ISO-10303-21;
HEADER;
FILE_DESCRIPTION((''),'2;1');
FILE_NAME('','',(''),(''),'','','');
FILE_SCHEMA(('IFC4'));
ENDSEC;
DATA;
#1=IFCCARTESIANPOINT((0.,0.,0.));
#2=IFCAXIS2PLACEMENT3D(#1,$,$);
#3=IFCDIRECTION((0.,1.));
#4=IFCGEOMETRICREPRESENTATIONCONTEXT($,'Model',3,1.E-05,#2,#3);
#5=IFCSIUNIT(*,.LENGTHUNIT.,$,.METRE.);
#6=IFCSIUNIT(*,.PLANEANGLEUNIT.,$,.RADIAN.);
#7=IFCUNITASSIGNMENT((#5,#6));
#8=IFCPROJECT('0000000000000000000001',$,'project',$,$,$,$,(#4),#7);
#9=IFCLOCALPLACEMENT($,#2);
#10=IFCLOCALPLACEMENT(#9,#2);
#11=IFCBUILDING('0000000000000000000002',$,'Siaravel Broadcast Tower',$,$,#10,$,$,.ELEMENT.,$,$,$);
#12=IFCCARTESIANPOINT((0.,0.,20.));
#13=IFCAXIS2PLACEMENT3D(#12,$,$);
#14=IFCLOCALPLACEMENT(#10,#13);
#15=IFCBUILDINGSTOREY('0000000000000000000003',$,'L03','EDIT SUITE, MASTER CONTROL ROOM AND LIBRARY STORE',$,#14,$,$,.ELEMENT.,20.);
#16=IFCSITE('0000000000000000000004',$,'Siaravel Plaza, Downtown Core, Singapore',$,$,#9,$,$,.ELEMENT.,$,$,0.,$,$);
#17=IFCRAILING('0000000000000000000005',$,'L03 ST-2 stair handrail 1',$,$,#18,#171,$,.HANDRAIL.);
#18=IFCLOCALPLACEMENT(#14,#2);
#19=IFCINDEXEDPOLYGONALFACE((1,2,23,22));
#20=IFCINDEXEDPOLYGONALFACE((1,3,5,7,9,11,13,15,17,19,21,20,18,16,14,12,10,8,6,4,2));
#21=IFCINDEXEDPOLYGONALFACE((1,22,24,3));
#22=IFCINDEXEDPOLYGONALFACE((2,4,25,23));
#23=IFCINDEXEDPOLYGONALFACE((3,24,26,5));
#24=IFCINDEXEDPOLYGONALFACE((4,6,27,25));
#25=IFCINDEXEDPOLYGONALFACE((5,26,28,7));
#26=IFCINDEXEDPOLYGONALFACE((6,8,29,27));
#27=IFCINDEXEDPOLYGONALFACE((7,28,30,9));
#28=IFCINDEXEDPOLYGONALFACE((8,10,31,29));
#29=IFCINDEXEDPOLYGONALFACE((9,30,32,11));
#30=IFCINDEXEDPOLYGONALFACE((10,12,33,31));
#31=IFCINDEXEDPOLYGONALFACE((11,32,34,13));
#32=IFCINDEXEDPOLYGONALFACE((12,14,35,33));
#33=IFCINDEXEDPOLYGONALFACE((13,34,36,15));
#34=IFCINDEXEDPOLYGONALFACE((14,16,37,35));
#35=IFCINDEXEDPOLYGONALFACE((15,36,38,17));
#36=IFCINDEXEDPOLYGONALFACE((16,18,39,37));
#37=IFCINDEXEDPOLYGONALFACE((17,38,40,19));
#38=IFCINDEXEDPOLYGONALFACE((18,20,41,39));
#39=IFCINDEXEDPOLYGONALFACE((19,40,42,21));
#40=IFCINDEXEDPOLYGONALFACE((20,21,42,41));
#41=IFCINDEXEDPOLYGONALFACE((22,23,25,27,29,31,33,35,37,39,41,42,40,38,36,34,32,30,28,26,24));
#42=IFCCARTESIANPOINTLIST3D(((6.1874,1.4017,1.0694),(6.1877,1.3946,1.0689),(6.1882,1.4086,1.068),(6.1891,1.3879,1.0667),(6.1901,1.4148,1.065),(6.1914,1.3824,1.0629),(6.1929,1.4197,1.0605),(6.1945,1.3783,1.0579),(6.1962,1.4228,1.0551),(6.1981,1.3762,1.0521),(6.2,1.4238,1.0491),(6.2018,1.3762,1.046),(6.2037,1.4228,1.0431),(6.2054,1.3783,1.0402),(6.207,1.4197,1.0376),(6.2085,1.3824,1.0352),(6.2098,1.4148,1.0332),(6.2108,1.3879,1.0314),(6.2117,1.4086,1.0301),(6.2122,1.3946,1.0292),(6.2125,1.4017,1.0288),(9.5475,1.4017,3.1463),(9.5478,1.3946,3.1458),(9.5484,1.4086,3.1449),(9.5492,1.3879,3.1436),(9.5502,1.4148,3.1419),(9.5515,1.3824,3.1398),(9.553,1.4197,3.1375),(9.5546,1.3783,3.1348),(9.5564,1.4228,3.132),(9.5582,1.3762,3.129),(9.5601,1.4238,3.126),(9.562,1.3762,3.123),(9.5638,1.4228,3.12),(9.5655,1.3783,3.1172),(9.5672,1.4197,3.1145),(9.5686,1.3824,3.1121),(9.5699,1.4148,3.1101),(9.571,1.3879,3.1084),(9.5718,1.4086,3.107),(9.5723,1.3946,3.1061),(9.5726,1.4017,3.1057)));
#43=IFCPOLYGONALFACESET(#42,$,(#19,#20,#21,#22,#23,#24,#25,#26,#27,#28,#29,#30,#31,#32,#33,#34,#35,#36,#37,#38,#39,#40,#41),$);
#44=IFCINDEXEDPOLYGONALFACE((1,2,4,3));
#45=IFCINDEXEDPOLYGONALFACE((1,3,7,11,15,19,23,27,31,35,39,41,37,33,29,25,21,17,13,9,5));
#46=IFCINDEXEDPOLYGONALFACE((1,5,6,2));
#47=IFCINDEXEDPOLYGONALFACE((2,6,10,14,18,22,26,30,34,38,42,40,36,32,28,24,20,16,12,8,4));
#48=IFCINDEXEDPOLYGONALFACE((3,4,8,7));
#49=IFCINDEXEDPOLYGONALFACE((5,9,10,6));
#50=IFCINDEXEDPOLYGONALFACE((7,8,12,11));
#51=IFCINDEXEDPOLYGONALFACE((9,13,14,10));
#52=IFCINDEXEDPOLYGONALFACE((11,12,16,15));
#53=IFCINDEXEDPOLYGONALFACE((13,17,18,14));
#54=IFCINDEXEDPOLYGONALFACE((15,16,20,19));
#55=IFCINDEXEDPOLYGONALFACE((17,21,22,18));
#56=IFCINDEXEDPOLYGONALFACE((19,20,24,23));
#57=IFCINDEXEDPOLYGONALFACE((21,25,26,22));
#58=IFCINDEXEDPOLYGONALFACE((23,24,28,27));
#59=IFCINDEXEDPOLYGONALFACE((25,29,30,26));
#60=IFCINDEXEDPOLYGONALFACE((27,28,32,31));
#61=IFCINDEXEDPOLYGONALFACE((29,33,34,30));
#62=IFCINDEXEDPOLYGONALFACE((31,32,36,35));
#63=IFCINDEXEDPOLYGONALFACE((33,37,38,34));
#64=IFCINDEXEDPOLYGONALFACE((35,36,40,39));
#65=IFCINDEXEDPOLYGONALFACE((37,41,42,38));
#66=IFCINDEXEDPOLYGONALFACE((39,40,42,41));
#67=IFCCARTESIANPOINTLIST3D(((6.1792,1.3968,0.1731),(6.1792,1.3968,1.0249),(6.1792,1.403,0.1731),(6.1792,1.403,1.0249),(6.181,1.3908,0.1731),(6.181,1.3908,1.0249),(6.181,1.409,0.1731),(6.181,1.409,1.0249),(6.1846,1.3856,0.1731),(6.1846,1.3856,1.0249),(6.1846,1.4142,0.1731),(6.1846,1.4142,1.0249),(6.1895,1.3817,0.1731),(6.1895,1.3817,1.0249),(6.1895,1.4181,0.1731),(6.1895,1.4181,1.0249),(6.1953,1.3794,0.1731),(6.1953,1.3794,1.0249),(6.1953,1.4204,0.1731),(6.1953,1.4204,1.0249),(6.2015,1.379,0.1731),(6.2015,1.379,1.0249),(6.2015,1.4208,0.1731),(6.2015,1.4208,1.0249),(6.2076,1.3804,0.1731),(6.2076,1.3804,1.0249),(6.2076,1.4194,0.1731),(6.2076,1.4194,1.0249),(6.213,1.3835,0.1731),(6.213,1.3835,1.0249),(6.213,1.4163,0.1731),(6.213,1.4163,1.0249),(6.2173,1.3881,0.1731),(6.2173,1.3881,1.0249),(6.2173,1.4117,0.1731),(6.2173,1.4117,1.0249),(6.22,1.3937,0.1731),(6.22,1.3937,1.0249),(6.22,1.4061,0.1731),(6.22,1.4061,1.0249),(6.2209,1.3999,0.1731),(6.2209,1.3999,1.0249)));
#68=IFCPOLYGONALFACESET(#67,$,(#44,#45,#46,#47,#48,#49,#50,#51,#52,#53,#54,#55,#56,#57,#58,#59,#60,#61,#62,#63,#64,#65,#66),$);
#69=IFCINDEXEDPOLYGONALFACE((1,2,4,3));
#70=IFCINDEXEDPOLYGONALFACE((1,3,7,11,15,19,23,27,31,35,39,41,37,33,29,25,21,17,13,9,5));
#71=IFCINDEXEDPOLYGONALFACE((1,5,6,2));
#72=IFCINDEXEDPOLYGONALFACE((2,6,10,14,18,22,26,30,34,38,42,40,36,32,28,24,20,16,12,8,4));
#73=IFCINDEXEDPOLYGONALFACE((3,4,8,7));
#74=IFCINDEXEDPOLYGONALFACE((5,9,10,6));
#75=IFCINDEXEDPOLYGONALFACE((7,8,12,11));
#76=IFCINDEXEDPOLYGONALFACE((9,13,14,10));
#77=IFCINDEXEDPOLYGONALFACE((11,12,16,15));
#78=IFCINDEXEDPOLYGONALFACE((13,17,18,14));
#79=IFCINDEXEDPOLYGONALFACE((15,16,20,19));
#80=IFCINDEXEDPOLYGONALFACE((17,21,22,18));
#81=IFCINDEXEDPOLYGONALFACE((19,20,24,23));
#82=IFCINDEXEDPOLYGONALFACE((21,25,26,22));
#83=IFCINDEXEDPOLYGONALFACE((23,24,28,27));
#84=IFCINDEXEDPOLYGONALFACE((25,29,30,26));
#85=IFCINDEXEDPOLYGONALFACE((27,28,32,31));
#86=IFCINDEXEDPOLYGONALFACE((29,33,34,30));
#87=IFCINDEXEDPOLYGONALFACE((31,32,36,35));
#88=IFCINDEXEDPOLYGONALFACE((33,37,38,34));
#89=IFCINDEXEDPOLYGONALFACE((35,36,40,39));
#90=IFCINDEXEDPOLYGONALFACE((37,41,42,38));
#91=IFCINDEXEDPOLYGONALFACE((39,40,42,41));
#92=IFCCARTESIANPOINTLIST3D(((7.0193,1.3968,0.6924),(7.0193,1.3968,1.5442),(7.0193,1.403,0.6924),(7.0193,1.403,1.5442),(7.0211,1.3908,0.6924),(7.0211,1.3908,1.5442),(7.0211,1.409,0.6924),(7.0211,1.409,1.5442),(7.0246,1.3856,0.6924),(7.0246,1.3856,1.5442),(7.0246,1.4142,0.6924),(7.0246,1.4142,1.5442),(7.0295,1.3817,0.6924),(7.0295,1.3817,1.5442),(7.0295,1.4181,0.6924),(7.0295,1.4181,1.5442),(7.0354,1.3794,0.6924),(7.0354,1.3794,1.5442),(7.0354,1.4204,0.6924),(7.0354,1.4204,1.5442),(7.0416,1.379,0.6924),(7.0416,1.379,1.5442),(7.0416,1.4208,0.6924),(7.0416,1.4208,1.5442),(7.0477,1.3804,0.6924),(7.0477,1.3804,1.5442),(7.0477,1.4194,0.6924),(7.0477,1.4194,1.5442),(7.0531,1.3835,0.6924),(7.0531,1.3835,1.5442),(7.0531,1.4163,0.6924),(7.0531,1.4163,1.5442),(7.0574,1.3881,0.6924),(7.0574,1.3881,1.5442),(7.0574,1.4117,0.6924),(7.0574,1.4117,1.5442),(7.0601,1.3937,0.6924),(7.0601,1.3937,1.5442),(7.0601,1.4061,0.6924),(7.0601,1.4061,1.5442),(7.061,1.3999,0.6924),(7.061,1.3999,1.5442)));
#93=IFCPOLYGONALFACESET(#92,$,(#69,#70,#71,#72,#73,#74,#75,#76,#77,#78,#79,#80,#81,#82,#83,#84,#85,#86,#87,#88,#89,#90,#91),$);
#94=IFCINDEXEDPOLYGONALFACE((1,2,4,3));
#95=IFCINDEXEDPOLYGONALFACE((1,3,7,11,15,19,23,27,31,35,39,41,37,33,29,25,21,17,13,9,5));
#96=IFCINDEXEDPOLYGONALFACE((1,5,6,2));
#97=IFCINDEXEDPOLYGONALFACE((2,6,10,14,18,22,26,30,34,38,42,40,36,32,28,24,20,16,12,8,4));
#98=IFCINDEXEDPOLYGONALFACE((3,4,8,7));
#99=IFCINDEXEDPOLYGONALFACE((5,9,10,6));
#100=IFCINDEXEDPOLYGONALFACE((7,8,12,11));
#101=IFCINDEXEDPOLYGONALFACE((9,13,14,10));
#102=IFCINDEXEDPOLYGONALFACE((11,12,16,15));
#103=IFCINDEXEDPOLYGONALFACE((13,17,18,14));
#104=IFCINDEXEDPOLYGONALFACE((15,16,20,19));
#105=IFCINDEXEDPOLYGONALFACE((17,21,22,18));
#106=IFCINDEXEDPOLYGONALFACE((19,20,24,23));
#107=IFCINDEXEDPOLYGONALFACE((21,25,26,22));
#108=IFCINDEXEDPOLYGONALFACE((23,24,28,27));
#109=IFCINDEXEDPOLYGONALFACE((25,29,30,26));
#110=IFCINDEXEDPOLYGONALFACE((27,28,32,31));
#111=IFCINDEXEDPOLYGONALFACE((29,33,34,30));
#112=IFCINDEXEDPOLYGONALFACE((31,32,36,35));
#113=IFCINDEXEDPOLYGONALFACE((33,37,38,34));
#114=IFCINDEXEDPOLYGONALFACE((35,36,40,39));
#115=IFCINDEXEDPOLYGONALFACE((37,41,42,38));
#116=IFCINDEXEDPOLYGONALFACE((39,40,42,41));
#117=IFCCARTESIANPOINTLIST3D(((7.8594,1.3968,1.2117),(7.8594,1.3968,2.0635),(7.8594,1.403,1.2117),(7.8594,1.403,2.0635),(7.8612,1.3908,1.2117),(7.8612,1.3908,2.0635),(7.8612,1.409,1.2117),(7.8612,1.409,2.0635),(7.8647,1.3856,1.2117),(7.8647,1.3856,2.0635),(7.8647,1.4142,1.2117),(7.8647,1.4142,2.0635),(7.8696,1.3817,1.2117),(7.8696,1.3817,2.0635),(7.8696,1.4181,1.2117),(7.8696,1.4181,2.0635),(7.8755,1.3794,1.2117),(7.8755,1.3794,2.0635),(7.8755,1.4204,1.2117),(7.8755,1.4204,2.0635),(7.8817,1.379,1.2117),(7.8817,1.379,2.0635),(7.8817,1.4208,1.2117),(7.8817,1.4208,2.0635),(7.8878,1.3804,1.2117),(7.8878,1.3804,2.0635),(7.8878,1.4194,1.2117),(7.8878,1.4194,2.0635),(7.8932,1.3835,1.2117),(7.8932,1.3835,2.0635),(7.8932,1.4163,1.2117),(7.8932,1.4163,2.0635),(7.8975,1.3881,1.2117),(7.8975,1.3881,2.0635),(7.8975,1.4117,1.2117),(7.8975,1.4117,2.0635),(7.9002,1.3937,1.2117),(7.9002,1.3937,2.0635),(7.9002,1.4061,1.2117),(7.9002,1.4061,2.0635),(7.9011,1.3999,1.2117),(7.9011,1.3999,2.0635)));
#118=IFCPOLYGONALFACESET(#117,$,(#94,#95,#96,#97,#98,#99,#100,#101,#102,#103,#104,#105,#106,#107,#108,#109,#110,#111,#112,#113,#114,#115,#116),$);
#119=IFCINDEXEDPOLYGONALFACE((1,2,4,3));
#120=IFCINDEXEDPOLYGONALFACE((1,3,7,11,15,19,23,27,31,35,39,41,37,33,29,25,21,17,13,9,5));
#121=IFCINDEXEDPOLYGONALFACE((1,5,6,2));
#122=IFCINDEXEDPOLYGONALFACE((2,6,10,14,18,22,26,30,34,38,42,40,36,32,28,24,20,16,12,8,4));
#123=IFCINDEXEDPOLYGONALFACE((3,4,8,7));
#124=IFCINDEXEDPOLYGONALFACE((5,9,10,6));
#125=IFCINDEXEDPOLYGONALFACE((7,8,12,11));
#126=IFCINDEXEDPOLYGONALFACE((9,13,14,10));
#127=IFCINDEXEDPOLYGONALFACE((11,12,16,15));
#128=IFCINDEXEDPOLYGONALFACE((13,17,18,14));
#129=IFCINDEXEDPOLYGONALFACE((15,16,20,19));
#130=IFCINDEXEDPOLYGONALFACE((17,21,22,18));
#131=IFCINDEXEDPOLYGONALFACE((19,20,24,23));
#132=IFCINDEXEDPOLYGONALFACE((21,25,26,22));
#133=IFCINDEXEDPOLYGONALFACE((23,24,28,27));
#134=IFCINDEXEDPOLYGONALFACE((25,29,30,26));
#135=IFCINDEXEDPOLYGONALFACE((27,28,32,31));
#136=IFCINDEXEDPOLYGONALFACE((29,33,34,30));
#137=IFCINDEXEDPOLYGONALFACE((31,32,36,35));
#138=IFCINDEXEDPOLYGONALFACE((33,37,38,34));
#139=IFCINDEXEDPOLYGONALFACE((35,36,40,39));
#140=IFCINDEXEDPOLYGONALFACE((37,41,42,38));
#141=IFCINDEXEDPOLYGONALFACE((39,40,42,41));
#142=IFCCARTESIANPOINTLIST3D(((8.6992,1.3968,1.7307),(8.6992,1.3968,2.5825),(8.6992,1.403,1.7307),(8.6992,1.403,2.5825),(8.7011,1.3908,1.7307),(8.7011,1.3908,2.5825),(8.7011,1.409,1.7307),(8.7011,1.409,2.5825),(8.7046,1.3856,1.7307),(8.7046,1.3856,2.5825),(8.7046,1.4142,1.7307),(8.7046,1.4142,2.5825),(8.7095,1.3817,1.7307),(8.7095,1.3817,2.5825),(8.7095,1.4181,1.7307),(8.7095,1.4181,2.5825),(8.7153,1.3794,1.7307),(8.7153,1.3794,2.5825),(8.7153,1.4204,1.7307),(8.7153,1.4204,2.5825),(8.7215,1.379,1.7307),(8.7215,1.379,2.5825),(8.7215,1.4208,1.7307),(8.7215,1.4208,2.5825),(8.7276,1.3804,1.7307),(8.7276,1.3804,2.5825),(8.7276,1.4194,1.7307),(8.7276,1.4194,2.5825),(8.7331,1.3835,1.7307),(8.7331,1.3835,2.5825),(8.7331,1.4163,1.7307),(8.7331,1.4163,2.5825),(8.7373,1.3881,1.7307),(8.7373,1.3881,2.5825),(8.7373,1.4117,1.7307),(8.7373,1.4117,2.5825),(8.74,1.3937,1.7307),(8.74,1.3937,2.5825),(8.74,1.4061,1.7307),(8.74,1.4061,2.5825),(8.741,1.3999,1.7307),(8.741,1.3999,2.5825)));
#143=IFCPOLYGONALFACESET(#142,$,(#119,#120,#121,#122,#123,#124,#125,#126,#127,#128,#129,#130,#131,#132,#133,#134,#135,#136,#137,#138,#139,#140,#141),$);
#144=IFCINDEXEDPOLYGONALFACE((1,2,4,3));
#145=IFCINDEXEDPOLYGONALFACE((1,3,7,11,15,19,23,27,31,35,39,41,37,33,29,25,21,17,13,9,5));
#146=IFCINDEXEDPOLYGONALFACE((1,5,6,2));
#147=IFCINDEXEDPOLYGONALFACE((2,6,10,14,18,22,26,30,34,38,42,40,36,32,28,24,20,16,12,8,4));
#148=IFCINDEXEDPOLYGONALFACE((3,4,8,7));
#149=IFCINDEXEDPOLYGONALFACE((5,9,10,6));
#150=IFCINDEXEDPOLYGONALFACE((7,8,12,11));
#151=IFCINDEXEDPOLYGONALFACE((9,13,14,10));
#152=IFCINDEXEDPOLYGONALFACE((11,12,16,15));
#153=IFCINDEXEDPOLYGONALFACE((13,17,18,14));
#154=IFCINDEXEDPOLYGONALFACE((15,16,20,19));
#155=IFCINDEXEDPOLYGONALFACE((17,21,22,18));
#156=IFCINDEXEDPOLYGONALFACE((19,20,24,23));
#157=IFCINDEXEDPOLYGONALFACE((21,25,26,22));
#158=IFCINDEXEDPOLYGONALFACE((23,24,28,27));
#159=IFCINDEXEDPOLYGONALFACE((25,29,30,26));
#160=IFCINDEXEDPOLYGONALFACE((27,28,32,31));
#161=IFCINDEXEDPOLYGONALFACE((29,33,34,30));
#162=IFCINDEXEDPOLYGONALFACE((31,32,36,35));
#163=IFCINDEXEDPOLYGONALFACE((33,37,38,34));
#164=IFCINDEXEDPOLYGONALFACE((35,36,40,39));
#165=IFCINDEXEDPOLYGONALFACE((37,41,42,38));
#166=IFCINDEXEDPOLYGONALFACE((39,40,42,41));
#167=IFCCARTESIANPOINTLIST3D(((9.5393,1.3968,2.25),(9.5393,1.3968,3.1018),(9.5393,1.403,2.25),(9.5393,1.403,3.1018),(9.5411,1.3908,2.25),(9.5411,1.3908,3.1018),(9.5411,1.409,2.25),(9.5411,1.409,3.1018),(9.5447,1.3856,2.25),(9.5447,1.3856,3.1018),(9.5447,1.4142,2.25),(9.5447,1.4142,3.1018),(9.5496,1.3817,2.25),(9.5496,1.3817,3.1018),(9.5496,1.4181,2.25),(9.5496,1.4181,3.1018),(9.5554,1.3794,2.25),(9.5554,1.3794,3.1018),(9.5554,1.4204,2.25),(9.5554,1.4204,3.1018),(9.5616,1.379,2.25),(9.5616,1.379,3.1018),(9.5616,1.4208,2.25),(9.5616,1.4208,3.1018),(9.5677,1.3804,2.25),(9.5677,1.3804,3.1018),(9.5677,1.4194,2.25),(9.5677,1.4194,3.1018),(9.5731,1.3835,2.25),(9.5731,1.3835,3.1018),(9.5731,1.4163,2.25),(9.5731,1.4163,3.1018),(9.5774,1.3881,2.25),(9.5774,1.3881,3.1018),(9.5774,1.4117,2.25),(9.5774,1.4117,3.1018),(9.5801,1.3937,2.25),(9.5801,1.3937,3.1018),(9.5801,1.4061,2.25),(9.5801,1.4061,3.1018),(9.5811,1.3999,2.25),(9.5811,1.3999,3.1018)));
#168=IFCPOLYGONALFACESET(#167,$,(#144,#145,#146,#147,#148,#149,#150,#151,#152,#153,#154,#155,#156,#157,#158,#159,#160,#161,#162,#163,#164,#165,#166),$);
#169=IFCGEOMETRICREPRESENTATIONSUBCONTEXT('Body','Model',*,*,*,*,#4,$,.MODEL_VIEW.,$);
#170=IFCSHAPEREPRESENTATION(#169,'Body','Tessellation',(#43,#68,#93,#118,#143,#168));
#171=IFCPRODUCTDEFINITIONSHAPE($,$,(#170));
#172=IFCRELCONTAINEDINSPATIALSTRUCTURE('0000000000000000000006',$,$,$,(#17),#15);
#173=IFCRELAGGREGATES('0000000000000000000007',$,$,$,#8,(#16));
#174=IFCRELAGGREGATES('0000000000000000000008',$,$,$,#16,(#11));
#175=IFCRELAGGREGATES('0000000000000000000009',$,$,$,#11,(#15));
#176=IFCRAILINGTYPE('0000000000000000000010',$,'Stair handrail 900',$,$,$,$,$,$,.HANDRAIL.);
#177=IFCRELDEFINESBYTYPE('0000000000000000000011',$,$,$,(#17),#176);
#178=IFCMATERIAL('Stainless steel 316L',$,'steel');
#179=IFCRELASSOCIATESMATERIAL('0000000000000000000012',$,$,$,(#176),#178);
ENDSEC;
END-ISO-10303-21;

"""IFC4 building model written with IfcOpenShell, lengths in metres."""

from ifc_helpers import new_model, si_unit, direction, frame, origin, origin_2d, place, context, subcontext, project, spatial, circle, extrude, material, type_object, element, save


model = new_model("IFC4")

# Units and contexts
model_context = context("Model", 3, precision=1e-05, world=origin(), true_north=direction((0.0, 1.0)))
body_context = subcontext(model_context, "Body", "Model", "MODEL_VIEW")
ifc_project = project(units=[si_unit("LENGTHUNIT", "METRE"), si_unit("PLANEANGLEUNIT", "RADIAN")], contexts=[model_context])

# Site, building, storey
site_placement = place(None, origin())
site = spatial("IfcSite", under=ifc_project, at=site_placement, Name="Siaravel Plaza, Downtown Core, Singapore", CompositionType="ELEMENT", RefElevation=0.0)
building_placement = place(site_placement, origin())
building = spatial("IfcBuilding", under=site, at=building_placement, Name="Siaravel Broadcast Tower", CompositionType="ELEMENT")
storey_placement = place(building_placement, frame((0.0, 0.0, 20.0)))
storey = spatial("IfcBuildingStorey", under=building, at=storey_placement, Name="L03", Description="EDIT SUITE, MASTER CONTROL ROOM AND LIBRARY STORE", CompositionType="ELEMENT", Elevation=20.0)

# Railing
ifc_material_1 = material(Name="Stainless steel 316L", Category="steel")
railing_type_1 = type_object("IfcRailingType", Name="Stair handrail 900", PredefinedType="HANDRAIL", material=ifc_material_1)
railing_1_placement = place(storey_placement, frame((6.2, 1.3999, 0.1731)))
element("IfcRailing", 1, at=railing_1_placement, inside=storey, type_object=railing_type_1, Name="L03 ST-2 stair handrail 1", PredefinedType="HANDRAIL", context=body_context, shape_type="SweptSolid", body=[
    extrude(circle(Radius=0.0239, at=origin_2d()), frame((0.0, 0.0, 0.876), z_axis=(0.850623, 0.0, 0.525776), x_axis=(0.0, 1.0, 0.0)), (0.0, 0.0, 1.0), 3.9502),
    extrude(circle(Radius=0.021, at=origin_2d()), origin(), (0.0, 0.0, 1.0), 0.8518),
    extrude(circle(Radius=0.021, at=origin_2d()), frame((0.8401, 0.0, 0.5193)), (0.0, 0.0, 1.0), 0.8518),
    extrude(circle(Radius=0.021, at=origin_2d()), frame((1.6802, 0.0, 1.0386)), (0.0, 0.0, 1.0), 0.8518),
    extrude(circle(Radius=0.021, at=origin_2d()), frame((2.52, 0.0, 1.5576)), (0.0, 0.0, 1.0), 0.8518),
    extrude(circle(Radius=0.021, at=origin_2d()), frame((3.3601, 0.0, 2.0769)), (0.0, 0.0, 1.0), 0.8518),
])

save(model, "model.ifc")
